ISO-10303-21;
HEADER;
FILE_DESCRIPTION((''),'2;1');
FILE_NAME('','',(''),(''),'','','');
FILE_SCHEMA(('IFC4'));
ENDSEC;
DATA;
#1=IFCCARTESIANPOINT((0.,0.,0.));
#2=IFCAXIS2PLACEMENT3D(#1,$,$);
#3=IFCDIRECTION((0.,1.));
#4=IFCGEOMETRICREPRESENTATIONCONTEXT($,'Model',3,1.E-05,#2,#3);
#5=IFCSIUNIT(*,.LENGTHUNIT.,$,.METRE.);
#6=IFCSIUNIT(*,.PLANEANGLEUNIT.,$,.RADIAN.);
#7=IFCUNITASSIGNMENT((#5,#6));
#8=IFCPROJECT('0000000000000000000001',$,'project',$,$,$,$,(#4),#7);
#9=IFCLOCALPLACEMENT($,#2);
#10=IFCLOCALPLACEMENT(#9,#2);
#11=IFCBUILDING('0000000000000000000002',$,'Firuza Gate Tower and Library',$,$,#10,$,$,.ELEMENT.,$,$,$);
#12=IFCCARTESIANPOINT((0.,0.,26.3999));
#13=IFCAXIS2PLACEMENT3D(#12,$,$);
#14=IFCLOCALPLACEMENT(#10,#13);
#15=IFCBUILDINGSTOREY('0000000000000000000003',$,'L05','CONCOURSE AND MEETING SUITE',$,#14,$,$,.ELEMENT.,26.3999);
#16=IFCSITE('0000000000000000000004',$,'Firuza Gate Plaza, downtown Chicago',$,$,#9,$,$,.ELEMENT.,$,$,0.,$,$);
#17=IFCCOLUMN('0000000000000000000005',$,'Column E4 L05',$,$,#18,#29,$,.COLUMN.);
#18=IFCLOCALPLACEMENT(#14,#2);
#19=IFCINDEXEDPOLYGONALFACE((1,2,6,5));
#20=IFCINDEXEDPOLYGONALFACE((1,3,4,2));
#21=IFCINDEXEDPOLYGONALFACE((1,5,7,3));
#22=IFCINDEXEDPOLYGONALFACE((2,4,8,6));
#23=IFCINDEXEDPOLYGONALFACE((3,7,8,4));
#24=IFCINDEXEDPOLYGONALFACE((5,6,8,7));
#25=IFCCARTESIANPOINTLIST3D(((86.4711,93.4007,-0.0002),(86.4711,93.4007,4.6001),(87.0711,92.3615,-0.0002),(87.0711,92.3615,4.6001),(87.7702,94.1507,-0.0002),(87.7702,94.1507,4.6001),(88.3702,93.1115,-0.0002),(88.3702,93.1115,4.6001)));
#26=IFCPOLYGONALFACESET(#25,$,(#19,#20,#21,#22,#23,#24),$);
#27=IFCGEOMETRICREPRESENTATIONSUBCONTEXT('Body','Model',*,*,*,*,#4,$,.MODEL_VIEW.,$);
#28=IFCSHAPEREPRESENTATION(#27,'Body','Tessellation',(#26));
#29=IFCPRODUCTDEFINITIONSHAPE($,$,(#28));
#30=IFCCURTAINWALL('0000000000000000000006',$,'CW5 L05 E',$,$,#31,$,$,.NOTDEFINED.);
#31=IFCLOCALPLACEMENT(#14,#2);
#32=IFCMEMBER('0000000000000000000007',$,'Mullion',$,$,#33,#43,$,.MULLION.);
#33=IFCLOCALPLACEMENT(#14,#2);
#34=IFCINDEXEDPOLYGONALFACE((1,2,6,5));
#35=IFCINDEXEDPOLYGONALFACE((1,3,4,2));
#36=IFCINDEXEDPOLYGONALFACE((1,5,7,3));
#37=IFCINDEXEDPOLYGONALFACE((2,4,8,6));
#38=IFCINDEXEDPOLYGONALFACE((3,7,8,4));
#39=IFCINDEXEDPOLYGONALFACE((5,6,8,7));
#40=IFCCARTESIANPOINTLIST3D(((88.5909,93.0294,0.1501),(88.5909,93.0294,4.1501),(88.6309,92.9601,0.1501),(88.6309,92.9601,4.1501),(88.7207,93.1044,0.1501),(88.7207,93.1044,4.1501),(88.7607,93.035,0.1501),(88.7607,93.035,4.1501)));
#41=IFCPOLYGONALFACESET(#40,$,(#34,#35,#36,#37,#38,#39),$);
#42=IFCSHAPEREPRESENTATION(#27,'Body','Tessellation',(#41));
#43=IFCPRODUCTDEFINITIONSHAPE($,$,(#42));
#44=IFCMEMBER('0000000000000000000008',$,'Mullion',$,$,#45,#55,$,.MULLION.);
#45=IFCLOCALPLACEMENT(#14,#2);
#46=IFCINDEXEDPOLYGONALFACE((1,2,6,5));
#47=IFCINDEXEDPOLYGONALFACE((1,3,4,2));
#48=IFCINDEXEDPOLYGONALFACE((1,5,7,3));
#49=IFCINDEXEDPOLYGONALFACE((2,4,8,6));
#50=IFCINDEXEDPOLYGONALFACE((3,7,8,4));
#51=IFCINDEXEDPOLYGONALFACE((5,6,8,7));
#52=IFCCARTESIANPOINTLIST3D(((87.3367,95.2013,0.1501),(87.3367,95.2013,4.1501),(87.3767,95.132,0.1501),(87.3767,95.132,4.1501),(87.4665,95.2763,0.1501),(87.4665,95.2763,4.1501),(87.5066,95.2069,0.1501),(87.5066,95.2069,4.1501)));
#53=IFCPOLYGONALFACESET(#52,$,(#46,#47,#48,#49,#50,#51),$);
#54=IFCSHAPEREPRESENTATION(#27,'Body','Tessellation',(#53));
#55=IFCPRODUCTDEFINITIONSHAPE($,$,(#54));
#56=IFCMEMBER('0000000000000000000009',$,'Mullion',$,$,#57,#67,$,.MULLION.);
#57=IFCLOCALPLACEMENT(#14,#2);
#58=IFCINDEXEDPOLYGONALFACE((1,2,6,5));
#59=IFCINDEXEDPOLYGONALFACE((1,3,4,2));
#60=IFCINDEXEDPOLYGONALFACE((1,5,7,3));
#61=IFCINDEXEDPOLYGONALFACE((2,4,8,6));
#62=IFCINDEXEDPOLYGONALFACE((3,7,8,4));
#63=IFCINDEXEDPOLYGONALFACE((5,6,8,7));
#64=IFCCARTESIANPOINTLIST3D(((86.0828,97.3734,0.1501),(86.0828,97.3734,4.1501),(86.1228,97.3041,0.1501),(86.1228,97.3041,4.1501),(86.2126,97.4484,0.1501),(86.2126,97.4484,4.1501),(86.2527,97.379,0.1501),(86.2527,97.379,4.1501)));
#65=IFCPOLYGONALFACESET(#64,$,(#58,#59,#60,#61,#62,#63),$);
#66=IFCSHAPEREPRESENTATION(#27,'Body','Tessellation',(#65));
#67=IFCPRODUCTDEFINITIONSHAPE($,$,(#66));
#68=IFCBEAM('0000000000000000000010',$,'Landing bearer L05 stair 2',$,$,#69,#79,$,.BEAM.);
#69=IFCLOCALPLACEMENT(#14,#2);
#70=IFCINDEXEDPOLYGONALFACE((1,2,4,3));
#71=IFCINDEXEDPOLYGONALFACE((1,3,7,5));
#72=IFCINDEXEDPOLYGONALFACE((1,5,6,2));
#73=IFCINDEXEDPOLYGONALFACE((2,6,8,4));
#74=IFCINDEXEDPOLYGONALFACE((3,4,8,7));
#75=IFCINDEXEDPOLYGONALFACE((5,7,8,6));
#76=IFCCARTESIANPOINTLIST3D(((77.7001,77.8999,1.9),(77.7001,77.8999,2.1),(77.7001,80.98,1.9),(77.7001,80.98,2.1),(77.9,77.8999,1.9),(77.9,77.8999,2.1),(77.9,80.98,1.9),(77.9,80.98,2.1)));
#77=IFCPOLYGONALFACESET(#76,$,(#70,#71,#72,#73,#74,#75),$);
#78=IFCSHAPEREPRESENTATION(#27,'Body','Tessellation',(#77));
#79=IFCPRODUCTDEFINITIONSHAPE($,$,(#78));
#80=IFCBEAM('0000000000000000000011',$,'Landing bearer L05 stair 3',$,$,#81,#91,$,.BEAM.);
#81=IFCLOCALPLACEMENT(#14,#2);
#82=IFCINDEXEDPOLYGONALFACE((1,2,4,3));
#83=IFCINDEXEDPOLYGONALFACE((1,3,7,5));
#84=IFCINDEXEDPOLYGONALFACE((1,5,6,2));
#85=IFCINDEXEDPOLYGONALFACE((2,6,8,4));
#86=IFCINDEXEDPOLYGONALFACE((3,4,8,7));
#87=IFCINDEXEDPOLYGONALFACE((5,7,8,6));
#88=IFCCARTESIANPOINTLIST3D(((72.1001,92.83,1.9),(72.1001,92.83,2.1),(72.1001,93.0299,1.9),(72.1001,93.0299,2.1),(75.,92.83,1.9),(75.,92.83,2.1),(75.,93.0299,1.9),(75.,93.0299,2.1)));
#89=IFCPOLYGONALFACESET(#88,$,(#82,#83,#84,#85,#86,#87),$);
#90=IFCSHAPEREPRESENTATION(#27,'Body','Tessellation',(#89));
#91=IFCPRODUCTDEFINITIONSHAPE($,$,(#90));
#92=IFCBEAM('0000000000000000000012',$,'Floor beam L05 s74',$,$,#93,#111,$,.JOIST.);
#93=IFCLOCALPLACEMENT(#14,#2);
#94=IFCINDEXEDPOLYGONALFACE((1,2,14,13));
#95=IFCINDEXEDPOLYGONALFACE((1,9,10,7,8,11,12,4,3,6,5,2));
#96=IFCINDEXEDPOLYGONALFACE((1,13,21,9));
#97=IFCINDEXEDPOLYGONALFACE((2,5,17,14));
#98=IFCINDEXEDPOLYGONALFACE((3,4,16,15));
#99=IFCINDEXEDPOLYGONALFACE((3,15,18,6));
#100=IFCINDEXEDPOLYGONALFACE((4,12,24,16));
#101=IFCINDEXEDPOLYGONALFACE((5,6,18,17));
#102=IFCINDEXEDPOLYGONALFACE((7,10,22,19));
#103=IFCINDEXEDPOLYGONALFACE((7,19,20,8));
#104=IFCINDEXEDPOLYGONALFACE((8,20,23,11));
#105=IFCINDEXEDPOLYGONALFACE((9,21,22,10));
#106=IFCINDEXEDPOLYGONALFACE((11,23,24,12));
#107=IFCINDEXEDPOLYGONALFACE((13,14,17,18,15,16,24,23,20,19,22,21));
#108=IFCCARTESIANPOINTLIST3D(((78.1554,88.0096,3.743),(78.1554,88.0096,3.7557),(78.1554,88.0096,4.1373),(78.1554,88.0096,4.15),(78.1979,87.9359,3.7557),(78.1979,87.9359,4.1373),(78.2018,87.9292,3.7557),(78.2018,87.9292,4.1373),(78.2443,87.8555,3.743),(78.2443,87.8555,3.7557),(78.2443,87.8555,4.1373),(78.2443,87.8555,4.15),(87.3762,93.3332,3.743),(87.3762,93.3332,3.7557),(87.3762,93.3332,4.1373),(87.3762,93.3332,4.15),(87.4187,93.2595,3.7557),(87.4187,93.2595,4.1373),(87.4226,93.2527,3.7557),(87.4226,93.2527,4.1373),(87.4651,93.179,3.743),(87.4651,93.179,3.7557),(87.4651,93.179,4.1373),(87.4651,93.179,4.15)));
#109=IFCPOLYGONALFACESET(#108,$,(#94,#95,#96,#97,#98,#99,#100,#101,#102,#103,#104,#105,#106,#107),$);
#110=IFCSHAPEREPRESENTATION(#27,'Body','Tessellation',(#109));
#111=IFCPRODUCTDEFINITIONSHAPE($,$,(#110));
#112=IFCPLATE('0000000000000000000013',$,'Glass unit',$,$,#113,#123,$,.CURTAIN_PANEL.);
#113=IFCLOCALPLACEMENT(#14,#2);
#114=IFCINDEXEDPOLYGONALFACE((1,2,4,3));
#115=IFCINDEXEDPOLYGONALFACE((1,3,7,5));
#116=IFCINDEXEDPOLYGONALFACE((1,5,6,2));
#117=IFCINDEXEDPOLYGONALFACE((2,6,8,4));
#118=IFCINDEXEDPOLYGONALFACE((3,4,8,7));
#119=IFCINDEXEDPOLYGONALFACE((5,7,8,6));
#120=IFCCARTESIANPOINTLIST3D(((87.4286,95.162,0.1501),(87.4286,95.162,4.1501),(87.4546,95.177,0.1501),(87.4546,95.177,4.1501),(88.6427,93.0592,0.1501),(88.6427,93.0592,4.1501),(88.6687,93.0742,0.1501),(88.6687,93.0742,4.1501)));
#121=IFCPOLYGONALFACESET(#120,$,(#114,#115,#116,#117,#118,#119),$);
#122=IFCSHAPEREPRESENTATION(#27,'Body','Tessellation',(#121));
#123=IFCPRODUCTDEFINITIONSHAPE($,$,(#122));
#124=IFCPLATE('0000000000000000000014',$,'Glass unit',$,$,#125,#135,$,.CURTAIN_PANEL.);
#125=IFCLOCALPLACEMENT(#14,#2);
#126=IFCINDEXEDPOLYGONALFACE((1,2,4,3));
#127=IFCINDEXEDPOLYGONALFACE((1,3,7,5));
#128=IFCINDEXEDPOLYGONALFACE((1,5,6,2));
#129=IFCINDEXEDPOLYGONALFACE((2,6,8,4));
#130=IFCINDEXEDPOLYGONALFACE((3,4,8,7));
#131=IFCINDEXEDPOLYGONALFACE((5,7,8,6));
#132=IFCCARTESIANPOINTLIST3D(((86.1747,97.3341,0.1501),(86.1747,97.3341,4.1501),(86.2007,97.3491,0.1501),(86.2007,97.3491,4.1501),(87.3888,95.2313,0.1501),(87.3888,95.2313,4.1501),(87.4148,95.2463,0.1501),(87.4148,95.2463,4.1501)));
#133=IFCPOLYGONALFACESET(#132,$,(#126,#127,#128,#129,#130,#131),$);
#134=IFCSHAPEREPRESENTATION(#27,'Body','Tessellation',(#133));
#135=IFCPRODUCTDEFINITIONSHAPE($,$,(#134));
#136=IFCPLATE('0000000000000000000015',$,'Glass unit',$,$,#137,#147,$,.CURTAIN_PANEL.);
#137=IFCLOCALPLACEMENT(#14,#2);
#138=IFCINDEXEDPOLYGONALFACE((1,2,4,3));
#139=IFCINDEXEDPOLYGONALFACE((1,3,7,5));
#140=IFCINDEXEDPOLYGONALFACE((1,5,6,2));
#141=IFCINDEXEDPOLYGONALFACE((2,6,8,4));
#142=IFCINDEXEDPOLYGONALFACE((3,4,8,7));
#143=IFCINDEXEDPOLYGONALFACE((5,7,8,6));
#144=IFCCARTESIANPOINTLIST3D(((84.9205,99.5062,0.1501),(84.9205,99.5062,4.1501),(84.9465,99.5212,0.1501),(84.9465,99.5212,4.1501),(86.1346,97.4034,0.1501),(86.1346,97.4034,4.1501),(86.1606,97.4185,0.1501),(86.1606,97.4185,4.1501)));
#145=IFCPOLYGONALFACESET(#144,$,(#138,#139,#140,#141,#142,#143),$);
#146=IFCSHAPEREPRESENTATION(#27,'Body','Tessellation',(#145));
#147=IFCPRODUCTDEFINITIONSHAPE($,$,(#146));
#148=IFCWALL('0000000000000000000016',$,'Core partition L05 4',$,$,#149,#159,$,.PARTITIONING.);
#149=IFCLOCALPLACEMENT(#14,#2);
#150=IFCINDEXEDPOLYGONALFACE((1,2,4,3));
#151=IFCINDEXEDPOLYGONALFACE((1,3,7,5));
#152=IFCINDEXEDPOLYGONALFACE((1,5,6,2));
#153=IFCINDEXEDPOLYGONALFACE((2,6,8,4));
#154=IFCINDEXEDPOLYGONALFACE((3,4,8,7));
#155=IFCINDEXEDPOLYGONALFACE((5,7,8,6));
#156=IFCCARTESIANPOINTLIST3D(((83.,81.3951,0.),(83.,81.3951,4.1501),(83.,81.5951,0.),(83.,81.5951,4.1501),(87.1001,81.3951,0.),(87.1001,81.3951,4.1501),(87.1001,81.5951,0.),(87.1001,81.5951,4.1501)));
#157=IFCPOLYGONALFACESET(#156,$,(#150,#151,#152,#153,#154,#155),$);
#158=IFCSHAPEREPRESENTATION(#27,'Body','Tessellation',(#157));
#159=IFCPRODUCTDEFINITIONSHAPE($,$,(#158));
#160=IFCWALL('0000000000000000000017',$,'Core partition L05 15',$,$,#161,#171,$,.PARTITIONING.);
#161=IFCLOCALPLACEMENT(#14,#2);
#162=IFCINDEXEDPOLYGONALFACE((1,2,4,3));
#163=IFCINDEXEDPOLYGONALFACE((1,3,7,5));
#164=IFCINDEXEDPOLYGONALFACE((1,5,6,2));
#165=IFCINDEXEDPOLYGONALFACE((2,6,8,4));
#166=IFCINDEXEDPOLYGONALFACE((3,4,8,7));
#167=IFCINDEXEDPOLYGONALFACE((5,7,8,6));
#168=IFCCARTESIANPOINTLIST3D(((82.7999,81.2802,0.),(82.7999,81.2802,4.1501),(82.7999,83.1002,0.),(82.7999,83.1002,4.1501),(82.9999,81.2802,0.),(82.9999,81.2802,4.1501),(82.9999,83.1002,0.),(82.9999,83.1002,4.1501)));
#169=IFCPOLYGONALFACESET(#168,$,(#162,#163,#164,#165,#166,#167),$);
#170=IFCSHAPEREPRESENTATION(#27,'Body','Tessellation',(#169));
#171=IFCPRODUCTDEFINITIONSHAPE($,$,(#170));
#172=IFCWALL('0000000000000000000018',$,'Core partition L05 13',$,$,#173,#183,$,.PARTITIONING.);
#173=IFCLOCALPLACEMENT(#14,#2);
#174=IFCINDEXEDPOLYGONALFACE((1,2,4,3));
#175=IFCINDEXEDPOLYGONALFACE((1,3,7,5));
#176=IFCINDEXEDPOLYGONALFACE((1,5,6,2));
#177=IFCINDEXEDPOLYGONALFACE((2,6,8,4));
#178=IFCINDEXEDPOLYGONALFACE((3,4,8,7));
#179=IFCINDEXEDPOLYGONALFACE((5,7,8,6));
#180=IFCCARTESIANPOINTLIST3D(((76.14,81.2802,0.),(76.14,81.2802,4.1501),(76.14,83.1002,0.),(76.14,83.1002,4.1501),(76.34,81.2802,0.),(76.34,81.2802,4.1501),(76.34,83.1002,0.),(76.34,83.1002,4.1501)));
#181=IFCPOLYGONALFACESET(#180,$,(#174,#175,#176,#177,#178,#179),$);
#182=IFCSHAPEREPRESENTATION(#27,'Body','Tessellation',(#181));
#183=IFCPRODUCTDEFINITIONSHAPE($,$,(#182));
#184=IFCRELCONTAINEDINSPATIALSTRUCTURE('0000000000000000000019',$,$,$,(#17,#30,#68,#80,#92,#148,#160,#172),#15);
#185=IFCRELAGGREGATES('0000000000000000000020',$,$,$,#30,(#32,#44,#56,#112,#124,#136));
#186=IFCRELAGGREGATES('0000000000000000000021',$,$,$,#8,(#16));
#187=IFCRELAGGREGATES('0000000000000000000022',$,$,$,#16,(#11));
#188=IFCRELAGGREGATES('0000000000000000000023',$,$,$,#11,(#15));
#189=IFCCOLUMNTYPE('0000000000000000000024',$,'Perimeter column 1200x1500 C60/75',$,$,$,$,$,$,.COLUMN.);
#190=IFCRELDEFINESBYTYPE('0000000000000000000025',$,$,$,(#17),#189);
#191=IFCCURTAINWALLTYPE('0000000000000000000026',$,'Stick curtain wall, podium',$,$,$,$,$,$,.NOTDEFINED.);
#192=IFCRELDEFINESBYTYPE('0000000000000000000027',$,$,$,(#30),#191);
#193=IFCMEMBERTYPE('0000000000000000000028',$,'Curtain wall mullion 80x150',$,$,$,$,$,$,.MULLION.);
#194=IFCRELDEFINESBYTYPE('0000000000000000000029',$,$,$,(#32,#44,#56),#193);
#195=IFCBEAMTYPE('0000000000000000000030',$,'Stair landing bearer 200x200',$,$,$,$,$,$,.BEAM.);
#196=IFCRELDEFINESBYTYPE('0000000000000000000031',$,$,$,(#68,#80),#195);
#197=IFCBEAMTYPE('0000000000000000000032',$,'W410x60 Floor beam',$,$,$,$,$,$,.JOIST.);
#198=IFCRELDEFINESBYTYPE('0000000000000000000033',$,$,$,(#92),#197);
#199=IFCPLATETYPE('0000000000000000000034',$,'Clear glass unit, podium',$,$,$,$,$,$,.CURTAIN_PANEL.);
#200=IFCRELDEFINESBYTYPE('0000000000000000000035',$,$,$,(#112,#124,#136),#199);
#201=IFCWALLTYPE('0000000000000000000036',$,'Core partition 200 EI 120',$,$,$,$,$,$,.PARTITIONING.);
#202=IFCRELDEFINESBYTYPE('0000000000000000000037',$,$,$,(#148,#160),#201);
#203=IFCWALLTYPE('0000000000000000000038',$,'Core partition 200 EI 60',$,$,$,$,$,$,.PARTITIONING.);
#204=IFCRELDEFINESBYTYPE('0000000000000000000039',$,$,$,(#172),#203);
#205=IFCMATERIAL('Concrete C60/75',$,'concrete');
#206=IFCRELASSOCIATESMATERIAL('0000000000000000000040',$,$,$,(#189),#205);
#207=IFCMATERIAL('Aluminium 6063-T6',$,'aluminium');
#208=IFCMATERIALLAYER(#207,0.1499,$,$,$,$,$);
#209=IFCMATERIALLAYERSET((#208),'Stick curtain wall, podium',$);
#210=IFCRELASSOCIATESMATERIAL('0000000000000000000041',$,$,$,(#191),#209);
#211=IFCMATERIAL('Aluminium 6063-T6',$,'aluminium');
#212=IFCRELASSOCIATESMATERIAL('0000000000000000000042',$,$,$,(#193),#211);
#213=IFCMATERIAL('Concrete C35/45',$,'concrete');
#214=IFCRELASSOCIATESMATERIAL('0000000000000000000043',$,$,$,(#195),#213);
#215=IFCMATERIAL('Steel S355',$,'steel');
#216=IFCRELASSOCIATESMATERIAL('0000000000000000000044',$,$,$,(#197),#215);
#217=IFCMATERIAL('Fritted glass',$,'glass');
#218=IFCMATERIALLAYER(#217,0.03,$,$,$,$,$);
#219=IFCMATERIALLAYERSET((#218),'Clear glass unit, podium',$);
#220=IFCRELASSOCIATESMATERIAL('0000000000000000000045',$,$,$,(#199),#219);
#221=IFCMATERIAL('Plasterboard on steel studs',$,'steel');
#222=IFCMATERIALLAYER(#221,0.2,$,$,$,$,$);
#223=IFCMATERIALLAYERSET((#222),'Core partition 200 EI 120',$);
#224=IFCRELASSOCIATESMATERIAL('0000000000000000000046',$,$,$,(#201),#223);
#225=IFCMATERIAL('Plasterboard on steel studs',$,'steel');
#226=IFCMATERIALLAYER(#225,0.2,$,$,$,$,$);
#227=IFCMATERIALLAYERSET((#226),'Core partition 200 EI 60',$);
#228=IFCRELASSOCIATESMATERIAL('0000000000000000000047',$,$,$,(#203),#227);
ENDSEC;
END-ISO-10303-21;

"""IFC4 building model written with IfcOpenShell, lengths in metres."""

from ifc_helpers import new_model, si_unit, direction, frame, frame_2d, origin, origin_2d, place, context, subcontext, project, spatial, polyline, rectangle, i_section, outline, extrude, material, layer, layer_set, material_profile, profile_set, type_object, element, aggregate, save


model = new_model("IFC4")

# Units and contexts
model_context = context("Model", 3, precision=1e-05, world=origin(), true_north=direction((0.0, 1.0)))
body_context = subcontext(model_context, "Body", "Model", "MODEL_VIEW")
ifc_project = project(units=[si_unit("LENGTHUNIT", "METRE"), si_unit("PLANEANGLEUNIT", "RADIAN")], contexts=[model_context])

# Site, building, storey
site_placement = place(None, origin())
site = spatial("IfcSite", under=ifc_project, at=site_placement, Name="Firuza Gate Plaza, downtown Chicago", CompositionType="ELEMENT", RefElevation=0.0)
building_placement = place(site_placement, origin())
building = spatial("IfcBuilding", under=site, at=building_placement, Name="Firuza Gate Tower and Library", CompositionType="ELEMENT")
storey_placement = place(building_placement, frame((0.0, 0.0, 26.3999)))
storey = spatial("IfcBuildingStorey", under=building, at=storey_placement, Name="L05", Description="CONCOURSE AND MEETING SUITE", CompositionType="ELEMENT", Elevation=26.3999)

# Column
ifc_material_1 = material(Name="Concrete C60/75", Category="concrete")
ifc_material_profile_1 = material_profile(ifc_material_1, rectangle(XDim=1.2, YDim=1.5, at=origin_2d()))
ifc_profile_set_1 = profile_set([ifc_material_profile_1], Name="Concrete C60/75")
column_type = type_object("IfcColumnType", Name="Perimeter column 1200x1500 C60/75", PredefinedType="COLUMN", material=ifc_profile_set_1)
column_placement = place(storey_placement, frame((87.4207, 93.2561, -0.0002), z_axis=(0.0, 0.0, 1.0), x_axis=(-0.5, 0.866025, 0.0)))
element("IfcColumn", 1, at=column_placement, inside=storey, type_object=column_type, Name="Column E4 L05", PredefinedType="COLUMN", context=body_context, shape_type="SweptSolid", body=[
    extrude(rectangle(XDim=1.2, YDim=1.5, at=origin_2d()), origin(), (0.0, 0.0, 1.0), 4.6003),
])

# Curtain wall, members
ifc_material_2 = material(Name="Aluminium 6063-T6", Category="aluminium")
ifc_layer_1 = layer(ifc_material_2, 0.1499)
ifc_layer_set_1 = layer_set([ifc_layer_1], Name="Stick curtain wall, podium")
curtain_wall_type = type_object("IfcCurtainWallType", Name="Stick curtain wall, podium", PredefinedType="NOTDEFINED", material=ifc_layer_set_1)
placement = place(storey_placement, origin())
curtain_wall = element("IfcCurtainWall", 2, at=placement, inside=storey, type_object=curtain_wall_type, Name="CW5 L05 E", PredefinedType="NOTDEFINED")
ifc_material_3 = material(Name="Aluminium 6063-T6", Category="aluminium")
ifc_material_profile_2 = material_profile(ifc_material_3, rectangle(XDim=0.1499, YDim=0.0801, at=origin_2d()))
ifc_profile_set_2 = profile_set([ifc_material_profile_2], Name="Aluminium 6063-T6")
member_type = type_object("IfcMemberType", Name="Curtain wall mullion 80x150", PredefinedType="MULLION", material=ifc_profile_set_2)
member_1_placement = place(storey_placement, frame((88.6758, 93.0322, 0.1501), z_axis=(0.0, 0.0, 1.0), x_axis=(-0.866025, -0.5, 0.0)))
member_1 = element("IfcMember", 3, at=member_1_placement, type_object=member_type, Name="Mullion", PredefinedType="MULLION", context=body_context, shape_type="SweptSolid", body=[
    extrude(rectangle(XDim=0.1499, YDim=0.0801, at=origin_2d()), origin(), (0.0, 0.0, 1.0), 4.0),
])
member_2_placement = place(storey_placement, frame((87.4216, 95.2041, 0.1501), z_axis=(0.0, 0.0, 1.0), x_axis=(-0.866025, -0.5, 0.0)))
member_2 = element("IfcMember", 4, at=member_2_placement, type_object=member_type, Name="Mullion", PredefinedType="MULLION", context=body_context, shape_type="SweptSolid", body=[
    extrude(rectangle(XDim=0.1499, YDim=0.0801, at=origin_2d()), origin(), (0.0, 0.0, 1.0), 4.0),
])
member_3_placement = place(storey_placement, frame((86.1677, 97.3762, 0.1501), z_axis=(0.0, 0.0, 1.0), x_axis=(-0.866025, -0.5, 0.0)))
member_3 = element("IfcMember", 5, at=member_3_placement, type_object=member_type, Name="Mullion", PredefinedType="MULLION", context=body_context, shape_type="SweptSolid", body=[
    extrude(rectangle(XDim=0.1499, YDim=0.0801, at=origin_2d()), origin(), (0.0, 0.0, 1.0), 4.0),
])

# Beams
ifc_material_4 = material(Name="Concrete C35/45", Category="concrete")
ifc_material_profile_3 = material_profile(ifc_material_4, rectangle(XDim=0.2, YDim=0.2, at=origin_2d()))
ifc_profile_set_3 = profile_set([ifc_material_profile_3], Name="Concrete C35/45")
beam_type_1 = type_object("IfcBeamType", Name="Stair landing bearer 200x200", PredefinedType="BEAM", material=ifc_profile_set_3)
beam_1_placement = place(storey_placement, frame((77.8, 80.98, 2.0), z_axis=(0.0, -1.0, 0.0), x_axis=(1.0, 0.0, 0.0)))
element("IfcBeam", 6, at=beam_1_placement, inside=storey, type_object=beam_type_1, Name="Landing bearer L05 stair 2", PredefinedType="BEAM", context=body_context, shape_type="SweptSolid", body=[
    extrude(rectangle(XDim=0.2, YDim=0.2, at=origin_2d()), origin(), (0.0, 0.0, 1.0), 3.0801),
])
beam_2_placement = place(storey_placement, frame((75.0, 92.9299, 2.0), z_axis=(-1.0, 0.0, 0.0), x_axis=(0.0, -1.0, 0.0)))
element("IfcBeam", 7, at=beam_2_placement, inside=storey, type_object=beam_type_1, Name="Landing bearer L05 stair 3", PredefinedType="BEAM", context=body_context, shape_type="SweptSolid", body=[
    extrude(rectangle(XDim=0.2, YDim=0.2, at=origin_2d()), origin(), (0.0, 0.0, 1.0), 2.8999),
])
ifc_material_5 = material(Name="Steel S355", Category="steel")
ifc_material_profile_4 = material_profile(ifc_material_5, i_section(OverallWidth=0.178, OverallDepth=0.407, WebThickness=0.0078, FlangeThickness=0.0127, at=origin_2d()))
ifc_profile_set_4 = profile_set([ifc_material_profile_4], Name="Steel S355")
beam_type_2 = type_object("IfcBeamType", Name="W410x60 Floor beam", PredefinedType="JOIST", material=ifc_profile_set_4)
beam_3_placement = place(storey_placement, frame((87.4207, 93.2561, 3.9465), z_axis=(-0.866029, -0.499994, 0.0), x_axis=(0.499994, -0.866029, 0.0)))
element("IfcBeam", 8, at=beam_3_placement, inside=storey, type_object=beam_type_2, Name="Floor beam L05 s74", PredefinedType="JOIST", context=body_context, shape_type="SweptSolid", body=[
    extrude(i_section(OverallWidth=0.178, OverallDepth=0.407, WebThickness=0.0078, FlangeThickness=0.0127, at=origin_2d()), origin(), (0.0, 0.0, 1.0), 10.6472),
])

# Plates
ifc_material_6 = material(Name="Fritted glass", Category="glass")
ifc_layer_2 = layer(ifc_material_6, 0.03)
ifc_layer_set_2 = layer_set([ifc_layer_2], Name="Clear glass unit, podium")
plate_type = type_object("IfcPlateType", Name="Clear glass unit, podium", PredefinedType="CURTAIN_PANEL", material=ifc_layer_set_2)
plate_1_placement = place(storey_placement, frame((88.6687, 93.0742, 0.1501), z_axis=(0.866013, 0.500021, 0.0), x_axis=(-0.500021, 0.866013, 0.0)))
plate_1 = element("IfcPlate", 9, at=plate_1_placement, type_object=plate_type, Name="Glass unit", PredefinedType="CURTAIN_PANEL", context=body_context, shape_type="SweptSolid", body=[
    extrude(outline(polyline([(0.0, 0.0), (2.4281, 0.0), (2.4281, 4.0), (0.0, 4.0), (0.0, 0.0)])), origin(), (0.0, 0.0, -1.0), 0.03),
])
plate_2_placement = place(storey_placement, frame((87.4148, 95.2463, 0.1501), z_axis=(0.866013, 0.500021, 0.0), x_axis=(-0.500021, 0.866013, 0.0)))
plate_2 = element("IfcPlate", 10, at=plate_2_placement, type_object=plate_type, Name="Glass unit", PredefinedType="CURTAIN_PANEL", context=body_context, shape_type="SweptSolid", body=[
    extrude(outline(polyline([(0.0, 0.0), (2.4281, 0.0), (2.4281, 4.0), (0.0, 4.0), (0.0, 0.0)])), origin(), (0.0, 0.0, -1.0), 0.03),
])
plate_3_placement = place(storey_placement, frame((86.1606, 97.4185, 0.1501), z_axis=(0.866013, 0.500021, 0.0), x_axis=(-0.500021, 0.866013, 0.0)))
plate_3 = element("IfcPlate", 11, at=plate_3_placement, type_object=plate_type, Name="Glass unit", PredefinedType="CURTAIN_PANEL", context=body_context, shape_type="SweptSolid", body=[
    extrude(outline(polyline([(0.0, 0.0), (2.4281, 0.0), (2.4281, 4.0), (0.0, 4.0), (0.0, 0.0)])), origin(), (0.0, 0.0, -1.0), 0.03),
])
aggregate(curtain_wall, [member_1, member_2, member_3, plate_1, plate_2, plate_3])

# Walls
ifc_material_7 = material(Name="Plasterboard on steel studs", Category="steel")
ifc_layer_3 = layer(ifc_material_7, 0.2)
ifc_layer_set_3 = layer_set([ifc_layer_3], Name="Core partition 200 EI 120")
wall_type_1 = type_object("IfcWallType", Name="Core partition 200 EI 120", PredefinedType="PARTITIONING", material=ifc_layer_set_3)
wall_1_placement = place(storey_placement, frame((83.0, 81.4951, 0.0), z_axis=(0.0, 0.0, 1.0), x_axis=(1.0, 0.0, 0.0)))
element("IfcWall", 12, at=wall_1_placement, inside=storey, type_object=wall_type_1, Name="Core partition L05 4", PredefinedType="PARTITIONING", context=body_context, shape_type="SweptSolid", body=[
    extrude(rectangle(XDim=4.1001, YDim=0.2, at=frame_2d((2.05, 0.0))), origin(), (0.0, 0.0, 1.0), 4.1501),
])
wall_2_placement = place(storey_placement, frame((82.8999, 81.28, 0.0), z_axis=(0.0, 0.0, 1.0), x_axis=(0.0, 1.0, 0.0)))
element("IfcWall", 13, at=wall_2_placement, inside=storey, type_object=wall_type_1, Name="Core partition L05 15", PredefinedType="PARTITIONING", context=body_context, shape_type="SweptSolid", body=[
    extrude(rectangle(XDim=1.8201, YDim=0.2, at=frame_2d((0.9102, 0.0))), origin(), (0.0, 0.0, 1.0), 4.1501),
])
ifc_material_8 = material(Name="Plasterboard on steel studs", Category="steel")
ifc_layer_4 = layer(ifc_material_8, 0.2)
ifc_layer_set_4 = layer_set([ifc_layer_4], Name="Core partition 200 EI 60")
wall_type_2 = type_object("IfcWallType", Name="Core partition 200 EI 60", PredefinedType="PARTITIONING", material=ifc_layer_set_4)
wall_3_placement = place(storey_placement, frame((76.24, 81.28, 0.0), z_axis=(0.0, 0.0, 1.0), x_axis=(0.0, 1.0, 0.0)))
element("IfcWall", 14, at=wall_3_placement, inside=storey, type_object=wall_type_2, Name="Core partition L05 13", PredefinedType="PARTITIONING", context=body_context, shape_type="SweptSolid", body=[
    extrude(rectangle(XDim=1.8201, YDim=0.2, at=frame_2d((0.9102, 0.0))), origin(), (0.0, 0.0, 1.0), 4.1501),
])

save(model, "model.ifc")
